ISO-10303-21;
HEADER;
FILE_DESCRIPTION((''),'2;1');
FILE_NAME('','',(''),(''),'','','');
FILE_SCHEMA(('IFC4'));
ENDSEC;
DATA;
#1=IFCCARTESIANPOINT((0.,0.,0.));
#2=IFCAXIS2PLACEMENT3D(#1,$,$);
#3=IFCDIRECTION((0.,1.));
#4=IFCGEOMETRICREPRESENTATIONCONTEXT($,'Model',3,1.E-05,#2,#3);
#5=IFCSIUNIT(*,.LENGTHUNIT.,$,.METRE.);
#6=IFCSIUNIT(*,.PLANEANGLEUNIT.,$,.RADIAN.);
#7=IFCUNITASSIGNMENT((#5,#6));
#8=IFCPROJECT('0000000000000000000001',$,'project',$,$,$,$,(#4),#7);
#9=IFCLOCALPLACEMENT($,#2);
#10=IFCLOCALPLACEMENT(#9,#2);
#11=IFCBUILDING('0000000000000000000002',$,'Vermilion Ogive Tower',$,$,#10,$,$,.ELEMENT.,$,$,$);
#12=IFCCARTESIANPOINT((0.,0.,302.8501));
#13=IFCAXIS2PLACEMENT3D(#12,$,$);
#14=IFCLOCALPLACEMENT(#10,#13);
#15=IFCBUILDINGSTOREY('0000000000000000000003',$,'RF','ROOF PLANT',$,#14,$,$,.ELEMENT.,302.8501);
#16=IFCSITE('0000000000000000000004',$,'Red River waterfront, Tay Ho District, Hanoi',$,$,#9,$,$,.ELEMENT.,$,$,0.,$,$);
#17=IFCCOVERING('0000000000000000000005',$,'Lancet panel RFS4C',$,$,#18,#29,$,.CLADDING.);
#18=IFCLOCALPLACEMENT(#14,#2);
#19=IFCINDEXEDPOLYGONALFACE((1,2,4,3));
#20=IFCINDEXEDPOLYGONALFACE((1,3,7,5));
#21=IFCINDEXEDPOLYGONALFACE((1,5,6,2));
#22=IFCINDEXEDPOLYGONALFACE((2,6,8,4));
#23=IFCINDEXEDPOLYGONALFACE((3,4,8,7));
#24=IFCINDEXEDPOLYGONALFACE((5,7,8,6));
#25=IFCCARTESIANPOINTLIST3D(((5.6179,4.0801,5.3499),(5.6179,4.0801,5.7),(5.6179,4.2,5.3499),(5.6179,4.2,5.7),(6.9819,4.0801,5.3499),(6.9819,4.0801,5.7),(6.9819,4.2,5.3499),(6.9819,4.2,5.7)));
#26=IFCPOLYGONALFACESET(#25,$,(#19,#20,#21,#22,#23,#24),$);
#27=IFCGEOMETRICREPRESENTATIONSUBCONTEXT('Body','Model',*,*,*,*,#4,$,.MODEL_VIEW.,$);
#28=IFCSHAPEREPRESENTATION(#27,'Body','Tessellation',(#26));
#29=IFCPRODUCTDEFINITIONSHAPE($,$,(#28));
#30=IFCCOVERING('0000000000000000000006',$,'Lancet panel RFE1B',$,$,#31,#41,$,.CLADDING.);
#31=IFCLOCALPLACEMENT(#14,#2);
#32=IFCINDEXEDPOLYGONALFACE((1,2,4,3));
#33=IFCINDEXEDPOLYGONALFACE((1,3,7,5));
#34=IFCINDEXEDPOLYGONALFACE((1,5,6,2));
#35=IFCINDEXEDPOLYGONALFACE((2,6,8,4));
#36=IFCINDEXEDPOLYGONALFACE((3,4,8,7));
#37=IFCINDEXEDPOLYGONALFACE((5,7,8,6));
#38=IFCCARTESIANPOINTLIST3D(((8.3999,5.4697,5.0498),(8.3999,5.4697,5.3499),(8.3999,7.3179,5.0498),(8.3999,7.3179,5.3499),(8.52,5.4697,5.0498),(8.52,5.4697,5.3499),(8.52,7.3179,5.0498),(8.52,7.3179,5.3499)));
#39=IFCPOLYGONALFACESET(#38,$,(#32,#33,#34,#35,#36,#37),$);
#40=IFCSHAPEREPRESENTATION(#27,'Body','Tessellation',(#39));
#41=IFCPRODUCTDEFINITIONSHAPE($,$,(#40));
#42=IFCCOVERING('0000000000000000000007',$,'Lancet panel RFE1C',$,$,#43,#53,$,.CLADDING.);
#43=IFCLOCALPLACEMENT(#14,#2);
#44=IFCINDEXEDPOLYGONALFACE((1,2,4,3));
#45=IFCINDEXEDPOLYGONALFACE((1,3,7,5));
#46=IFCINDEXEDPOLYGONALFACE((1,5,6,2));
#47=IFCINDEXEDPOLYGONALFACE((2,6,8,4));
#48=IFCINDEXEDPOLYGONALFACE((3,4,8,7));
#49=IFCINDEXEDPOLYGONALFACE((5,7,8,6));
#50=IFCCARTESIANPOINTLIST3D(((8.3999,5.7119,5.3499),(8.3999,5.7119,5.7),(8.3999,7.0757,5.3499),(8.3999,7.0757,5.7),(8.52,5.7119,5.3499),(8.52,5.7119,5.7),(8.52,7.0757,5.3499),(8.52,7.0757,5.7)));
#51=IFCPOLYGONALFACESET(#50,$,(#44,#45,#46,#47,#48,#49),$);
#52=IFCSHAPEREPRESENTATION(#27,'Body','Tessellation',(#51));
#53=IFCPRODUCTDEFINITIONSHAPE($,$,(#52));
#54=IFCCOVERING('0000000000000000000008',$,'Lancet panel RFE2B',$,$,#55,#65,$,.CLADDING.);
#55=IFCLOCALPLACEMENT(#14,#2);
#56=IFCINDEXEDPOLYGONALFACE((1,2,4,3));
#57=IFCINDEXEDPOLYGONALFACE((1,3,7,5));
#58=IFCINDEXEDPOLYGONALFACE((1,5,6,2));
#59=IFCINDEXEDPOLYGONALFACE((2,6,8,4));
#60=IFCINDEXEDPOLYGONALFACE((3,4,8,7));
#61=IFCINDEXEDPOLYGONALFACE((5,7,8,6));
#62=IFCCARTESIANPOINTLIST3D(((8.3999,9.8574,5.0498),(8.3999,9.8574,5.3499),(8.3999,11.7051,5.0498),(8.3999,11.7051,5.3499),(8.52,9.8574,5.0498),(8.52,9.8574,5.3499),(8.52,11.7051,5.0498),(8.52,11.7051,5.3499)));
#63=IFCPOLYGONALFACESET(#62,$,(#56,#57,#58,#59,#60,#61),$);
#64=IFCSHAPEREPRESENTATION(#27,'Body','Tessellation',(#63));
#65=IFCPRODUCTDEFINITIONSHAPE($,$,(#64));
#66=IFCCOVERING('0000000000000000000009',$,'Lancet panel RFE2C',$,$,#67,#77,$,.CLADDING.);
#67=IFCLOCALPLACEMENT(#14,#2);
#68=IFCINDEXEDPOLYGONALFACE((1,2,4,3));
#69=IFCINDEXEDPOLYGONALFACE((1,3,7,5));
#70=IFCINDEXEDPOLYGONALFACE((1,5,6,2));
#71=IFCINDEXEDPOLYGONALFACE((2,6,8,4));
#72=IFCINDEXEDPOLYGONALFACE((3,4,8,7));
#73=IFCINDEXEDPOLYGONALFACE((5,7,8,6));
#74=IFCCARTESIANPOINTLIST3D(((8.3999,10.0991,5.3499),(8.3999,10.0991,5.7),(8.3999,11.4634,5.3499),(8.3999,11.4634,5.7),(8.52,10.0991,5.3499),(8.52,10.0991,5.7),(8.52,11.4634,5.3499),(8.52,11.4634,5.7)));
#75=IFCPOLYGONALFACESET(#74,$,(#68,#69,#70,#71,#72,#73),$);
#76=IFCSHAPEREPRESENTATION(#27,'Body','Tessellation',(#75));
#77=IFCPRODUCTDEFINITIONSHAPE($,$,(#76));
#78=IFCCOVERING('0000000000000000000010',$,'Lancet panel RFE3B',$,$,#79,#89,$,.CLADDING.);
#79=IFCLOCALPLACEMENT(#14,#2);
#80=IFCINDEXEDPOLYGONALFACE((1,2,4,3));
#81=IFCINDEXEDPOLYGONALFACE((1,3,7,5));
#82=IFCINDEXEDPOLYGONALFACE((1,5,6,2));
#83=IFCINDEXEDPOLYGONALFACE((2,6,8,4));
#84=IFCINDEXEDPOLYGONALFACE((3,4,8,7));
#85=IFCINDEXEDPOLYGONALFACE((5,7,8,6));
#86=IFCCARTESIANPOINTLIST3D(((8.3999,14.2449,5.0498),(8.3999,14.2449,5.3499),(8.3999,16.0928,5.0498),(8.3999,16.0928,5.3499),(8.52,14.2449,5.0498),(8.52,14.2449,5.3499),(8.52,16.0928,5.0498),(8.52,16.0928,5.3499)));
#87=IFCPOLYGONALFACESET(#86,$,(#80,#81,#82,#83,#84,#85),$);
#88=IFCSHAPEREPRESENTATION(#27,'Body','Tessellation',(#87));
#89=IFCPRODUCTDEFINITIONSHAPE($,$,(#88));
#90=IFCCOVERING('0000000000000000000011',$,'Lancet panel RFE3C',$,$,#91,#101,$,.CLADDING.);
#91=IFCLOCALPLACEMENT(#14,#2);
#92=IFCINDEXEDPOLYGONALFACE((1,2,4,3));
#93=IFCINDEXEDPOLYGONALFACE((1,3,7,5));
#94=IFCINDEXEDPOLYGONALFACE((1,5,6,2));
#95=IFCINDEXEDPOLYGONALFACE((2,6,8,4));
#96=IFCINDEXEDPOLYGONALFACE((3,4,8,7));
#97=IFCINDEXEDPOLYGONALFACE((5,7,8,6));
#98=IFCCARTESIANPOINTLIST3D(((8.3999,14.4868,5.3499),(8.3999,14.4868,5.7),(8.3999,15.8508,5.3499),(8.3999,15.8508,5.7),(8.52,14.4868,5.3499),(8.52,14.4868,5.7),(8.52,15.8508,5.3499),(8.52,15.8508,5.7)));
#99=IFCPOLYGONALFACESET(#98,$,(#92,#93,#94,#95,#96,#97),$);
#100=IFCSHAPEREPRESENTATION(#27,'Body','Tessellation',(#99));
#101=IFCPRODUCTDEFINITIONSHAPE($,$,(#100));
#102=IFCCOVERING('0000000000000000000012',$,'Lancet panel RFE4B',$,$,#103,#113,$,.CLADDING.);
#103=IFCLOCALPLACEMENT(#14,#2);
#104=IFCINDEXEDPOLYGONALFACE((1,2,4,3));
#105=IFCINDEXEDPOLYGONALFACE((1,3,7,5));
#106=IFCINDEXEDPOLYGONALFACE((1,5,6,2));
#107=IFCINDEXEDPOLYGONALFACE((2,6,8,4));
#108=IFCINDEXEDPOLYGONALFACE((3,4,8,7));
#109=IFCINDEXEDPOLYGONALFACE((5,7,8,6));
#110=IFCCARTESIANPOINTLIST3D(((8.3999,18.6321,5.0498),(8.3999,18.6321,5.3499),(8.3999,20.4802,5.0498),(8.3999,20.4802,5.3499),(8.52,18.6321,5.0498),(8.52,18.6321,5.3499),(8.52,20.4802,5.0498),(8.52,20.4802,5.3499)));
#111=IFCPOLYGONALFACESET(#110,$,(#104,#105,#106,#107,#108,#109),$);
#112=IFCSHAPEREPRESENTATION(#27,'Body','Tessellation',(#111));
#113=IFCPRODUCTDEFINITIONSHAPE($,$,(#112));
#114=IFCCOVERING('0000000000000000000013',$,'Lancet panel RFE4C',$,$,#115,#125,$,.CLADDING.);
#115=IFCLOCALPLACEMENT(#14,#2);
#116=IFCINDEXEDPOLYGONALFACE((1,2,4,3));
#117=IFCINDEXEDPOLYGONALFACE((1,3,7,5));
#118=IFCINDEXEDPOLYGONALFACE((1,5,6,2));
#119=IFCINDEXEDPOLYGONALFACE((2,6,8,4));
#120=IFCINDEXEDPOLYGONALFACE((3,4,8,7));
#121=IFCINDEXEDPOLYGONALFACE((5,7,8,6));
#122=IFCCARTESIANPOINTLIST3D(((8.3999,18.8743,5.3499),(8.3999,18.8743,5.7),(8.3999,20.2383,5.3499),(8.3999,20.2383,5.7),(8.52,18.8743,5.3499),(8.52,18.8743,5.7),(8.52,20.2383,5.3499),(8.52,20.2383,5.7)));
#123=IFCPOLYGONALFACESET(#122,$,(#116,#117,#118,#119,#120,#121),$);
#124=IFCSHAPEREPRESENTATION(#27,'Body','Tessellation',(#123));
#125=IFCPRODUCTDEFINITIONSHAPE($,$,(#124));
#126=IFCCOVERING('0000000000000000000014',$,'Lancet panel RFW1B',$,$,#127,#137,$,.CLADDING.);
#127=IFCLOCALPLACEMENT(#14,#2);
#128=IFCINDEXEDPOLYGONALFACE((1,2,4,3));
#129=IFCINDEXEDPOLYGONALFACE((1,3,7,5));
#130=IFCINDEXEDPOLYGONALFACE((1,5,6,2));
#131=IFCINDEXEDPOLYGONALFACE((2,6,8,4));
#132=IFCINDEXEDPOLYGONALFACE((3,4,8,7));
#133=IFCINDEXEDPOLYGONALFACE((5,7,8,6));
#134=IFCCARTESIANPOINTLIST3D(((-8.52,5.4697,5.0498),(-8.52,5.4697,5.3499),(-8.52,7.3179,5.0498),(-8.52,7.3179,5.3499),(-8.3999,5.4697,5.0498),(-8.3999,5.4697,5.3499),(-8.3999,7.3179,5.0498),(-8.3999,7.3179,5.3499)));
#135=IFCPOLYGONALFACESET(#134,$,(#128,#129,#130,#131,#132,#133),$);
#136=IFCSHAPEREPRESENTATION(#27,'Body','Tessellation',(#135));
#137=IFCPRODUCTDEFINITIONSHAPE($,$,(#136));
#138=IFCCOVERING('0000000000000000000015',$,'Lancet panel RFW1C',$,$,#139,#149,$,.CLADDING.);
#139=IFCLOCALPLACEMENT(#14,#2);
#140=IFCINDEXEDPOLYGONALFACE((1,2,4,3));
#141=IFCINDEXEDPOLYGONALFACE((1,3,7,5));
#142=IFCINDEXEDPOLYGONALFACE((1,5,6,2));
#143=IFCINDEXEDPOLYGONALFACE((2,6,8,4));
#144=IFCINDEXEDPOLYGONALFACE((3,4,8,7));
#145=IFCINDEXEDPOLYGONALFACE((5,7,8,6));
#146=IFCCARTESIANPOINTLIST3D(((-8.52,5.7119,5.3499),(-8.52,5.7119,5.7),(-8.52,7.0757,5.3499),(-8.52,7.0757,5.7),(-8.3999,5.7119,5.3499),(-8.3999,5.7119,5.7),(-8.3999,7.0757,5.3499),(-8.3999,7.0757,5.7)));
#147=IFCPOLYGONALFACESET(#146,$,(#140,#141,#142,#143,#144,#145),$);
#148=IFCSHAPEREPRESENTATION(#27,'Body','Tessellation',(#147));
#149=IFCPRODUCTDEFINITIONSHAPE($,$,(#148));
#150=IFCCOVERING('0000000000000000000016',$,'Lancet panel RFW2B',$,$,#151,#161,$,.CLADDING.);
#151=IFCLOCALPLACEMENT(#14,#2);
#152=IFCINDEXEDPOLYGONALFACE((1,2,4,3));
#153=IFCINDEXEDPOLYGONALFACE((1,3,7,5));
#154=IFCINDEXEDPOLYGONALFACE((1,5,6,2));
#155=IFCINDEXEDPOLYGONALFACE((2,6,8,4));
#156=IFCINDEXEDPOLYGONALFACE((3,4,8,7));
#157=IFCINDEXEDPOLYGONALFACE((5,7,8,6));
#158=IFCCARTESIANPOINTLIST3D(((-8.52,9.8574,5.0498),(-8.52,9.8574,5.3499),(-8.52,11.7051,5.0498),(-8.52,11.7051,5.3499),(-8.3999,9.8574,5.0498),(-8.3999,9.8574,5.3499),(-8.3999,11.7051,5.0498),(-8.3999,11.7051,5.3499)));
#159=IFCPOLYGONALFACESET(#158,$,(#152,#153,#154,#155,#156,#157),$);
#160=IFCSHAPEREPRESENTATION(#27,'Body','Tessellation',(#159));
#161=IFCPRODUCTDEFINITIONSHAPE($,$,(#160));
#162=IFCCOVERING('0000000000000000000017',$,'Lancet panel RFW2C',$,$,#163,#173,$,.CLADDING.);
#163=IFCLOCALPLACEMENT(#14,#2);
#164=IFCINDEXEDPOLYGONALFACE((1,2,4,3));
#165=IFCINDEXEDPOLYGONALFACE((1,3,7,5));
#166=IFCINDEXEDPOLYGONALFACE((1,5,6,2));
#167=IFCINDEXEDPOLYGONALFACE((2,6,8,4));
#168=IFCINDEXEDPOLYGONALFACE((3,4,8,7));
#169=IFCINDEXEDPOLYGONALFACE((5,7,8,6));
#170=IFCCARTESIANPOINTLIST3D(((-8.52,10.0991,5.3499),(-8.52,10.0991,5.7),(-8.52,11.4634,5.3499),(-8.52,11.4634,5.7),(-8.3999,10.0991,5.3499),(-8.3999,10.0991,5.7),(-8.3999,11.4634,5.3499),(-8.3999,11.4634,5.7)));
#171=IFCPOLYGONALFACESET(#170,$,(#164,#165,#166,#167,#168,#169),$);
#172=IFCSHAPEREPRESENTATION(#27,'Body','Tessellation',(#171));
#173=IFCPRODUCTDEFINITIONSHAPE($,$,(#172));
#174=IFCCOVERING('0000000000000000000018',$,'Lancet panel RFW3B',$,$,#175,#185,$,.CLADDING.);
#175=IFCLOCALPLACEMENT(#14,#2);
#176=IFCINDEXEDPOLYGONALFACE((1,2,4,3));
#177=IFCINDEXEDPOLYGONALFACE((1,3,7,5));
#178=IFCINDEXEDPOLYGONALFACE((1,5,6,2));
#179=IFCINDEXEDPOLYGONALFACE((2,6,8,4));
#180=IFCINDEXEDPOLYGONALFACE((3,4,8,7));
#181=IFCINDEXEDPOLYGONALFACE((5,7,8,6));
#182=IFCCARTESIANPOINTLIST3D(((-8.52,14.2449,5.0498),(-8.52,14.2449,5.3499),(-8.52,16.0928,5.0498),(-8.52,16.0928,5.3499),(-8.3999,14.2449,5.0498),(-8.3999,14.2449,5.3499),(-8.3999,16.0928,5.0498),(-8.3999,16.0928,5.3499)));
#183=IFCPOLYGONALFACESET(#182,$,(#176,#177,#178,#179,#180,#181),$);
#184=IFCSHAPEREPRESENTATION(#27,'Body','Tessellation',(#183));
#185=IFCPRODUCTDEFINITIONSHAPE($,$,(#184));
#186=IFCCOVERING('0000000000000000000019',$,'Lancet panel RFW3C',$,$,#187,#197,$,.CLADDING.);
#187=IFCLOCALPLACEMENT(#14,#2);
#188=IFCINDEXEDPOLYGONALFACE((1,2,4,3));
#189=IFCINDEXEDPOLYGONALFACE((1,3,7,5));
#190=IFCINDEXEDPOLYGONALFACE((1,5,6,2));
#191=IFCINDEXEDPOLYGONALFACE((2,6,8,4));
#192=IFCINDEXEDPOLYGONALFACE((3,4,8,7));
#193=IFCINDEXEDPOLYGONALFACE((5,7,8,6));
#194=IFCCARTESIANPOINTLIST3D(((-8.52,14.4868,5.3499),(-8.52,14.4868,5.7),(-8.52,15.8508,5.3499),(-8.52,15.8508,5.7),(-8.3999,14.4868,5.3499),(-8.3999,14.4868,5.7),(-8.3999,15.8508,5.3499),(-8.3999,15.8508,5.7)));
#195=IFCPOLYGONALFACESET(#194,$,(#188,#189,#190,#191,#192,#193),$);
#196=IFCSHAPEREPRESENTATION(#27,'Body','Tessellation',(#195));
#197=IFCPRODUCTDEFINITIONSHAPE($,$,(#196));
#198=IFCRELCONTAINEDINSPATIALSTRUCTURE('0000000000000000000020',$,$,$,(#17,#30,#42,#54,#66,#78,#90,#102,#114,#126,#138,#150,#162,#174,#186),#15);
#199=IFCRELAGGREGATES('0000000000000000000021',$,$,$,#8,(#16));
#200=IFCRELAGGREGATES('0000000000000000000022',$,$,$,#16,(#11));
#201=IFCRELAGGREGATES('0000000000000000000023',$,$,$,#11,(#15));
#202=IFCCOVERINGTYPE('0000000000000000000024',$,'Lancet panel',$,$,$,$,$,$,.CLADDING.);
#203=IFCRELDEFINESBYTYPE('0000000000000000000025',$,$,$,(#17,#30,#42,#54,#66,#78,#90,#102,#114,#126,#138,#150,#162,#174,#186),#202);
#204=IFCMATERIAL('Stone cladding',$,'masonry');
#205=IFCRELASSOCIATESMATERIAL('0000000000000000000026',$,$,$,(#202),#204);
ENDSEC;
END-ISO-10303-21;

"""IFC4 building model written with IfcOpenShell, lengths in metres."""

from ifc_helpers import new_model, si_unit, direction, frame, origin, place, context, subcontext, project, spatial, polyline, outline, extrude, material, type_object, element, save


model = new_model("IFC4")

# Units and contexts
model_context = context("Model", 3, precision=1e-05, world=origin(), true_north=direction((0.0, 1.0)))
body_context = subcontext(model_context, "Body", "Model", "MODEL_VIEW")
ifc_project = project(units=[si_unit("LENGTHUNIT", "METRE"), si_unit("PLANEANGLEUNIT", "RADIAN")], contexts=[model_context])

# Site, building, storey
site_placement = place(None, origin())
site = spatial("IfcSite", under=ifc_project, at=site_placement, Name="Red River waterfront, Tay Ho District, Hanoi", CompositionType="ELEMENT", RefElevation=0.0)
building_placement = place(site_placement, origin())
building = spatial("IfcBuilding", under=site, at=building_placement, Name="Vermilion Ogive Tower", CompositionType="ELEMENT")
storey_placement = place(building_placement, frame((0.0, 0.0, 302.8501)))
storey = spatial("IfcBuildingStorey", under=building, at=storey_placement, Name="RF", Description="ROOF PLANT", CompositionType="ELEMENT", Elevation=302.8501)

# Coverings
ifc_material_1 = material(Name="Stone cladding", Category="masonry")
covering_type = type_object("IfcCoveringType", Name="Lancet panel", PredefinedType="CLADDING", material=ifc_material_1)
covering_1_placement = place(storey_placement, frame((0.0, 0.0, 5.3499)))
element("IfcCovering", 1, at=covering_1_placement, inside=storey, type_object=covering_type, Name="Lancet panel RFS4C", PredefinedType="CLADDING", context=body_context, shape_type="SweptSolid", body=[
    extrude(outline(polyline([(6.9819, 4.2), (5.6179, 4.2), (5.6179, 4.0801), (6.9819, 4.0801), (6.9819, 4.2)])), origin(), (0.0, 0.0, 1.0), 0.3501),
])
covering_2_placement = place(storey_placement, frame((0.0, 0.0, 5.0498)))
element("IfcCovering", 2, at=covering_2_placement, inside=storey, type_object=covering_type, Name="Lancet panel RFE1B", PredefinedType="CLADDING", context=body_context, shape_type="SweptSolid", body=[
    extrude(outline(polyline([(8.3999, 7.3179), (8.3999, 5.4697), (8.52, 5.4697), (8.52, 7.3179), (8.3999, 7.3179)])), origin(), (0.0, 0.0, 1.0), 0.3),
])
covering_3_placement = place(storey_placement, frame((0.0, 0.0, 5.3499)))
element("IfcCovering", 3, at=covering_3_placement, inside=storey, type_object=covering_type, Name="Lancet panel RFE1C", PredefinedType="CLADDING", context=body_context, shape_type="SweptSolid", body=[
    extrude(outline(polyline([(8.3999, 7.0757), (8.3999, 5.7119), (8.52, 5.7119), (8.52, 7.0757), (8.3999, 7.0757)])), origin(), (0.0, 0.0, 1.0), 0.3501),
])
covering_4_placement = place(storey_placement, frame((0.0, 0.0, 5.0498)))
element("IfcCovering", 4, at=covering_4_placement, inside=storey, type_object=covering_type, Name="Lancet panel RFE2B", PredefinedType="CLADDING", context=body_context, shape_type="SweptSolid", body=[
    extrude(outline(polyline([(8.3999, 11.7051), (8.3999, 9.8574), (8.52, 9.8574), (8.52, 11.7051), (8.3999, 11.7051)])), origin(), (0.0, 0.0, 1.0), 0.3),
])
covering_5_placement = place(storey_placement, frame((0.0, 0.0, 5.3499)))
element("IfcCovering", 5, at=covering_5_placement, inside=storey, type_object=covering_type, Name="Lancet panel RFE2C", PredefinedType="CLADDING", context=body_context, shape_type="SweptSolid", body=[
    extrude(outline(polyline([(8.3999, 11.4634), (8.3999, 10.0991), (8.52, 10.0991), (8.52, 11.4634), (8.3999, 11.4634)])), origin(), (0.0, 0.0, 1.0), 0.3501),
])
covering_6_placement = place(storey_placement, frame((0.0, 0.0, 5.0498)))
element("IfcCovering", 6, at=covering_6_placement, inside=storey, type_object=covering_type, Name="Lancet panel RFE3B", PredefinedType="CLADDING", context=body_context, shape_type="SweptSolid", body=[
    extrude(outline(polyline([(8.3999, 16.0928), (8.3999, 14.2449), (8.52, 14.2449), (8.52, 16.0928), (8.3999, 16.0928)])), origin(), (0.0, 0.0, 1.0), 0.3),
])
covering_7_placement = place(storey_placement, frame((0.0, 0.0, 5.3499)))
element("IfcCovering", 7, at=covering_7_placement, inside=storey, type_object=covering_type, Name="Lancet panel RFE3C", PredefinedType="CLADDING", context=body_context, shape_type="SweptSolid", body=[
    extrude(outline(polyline([(8.3999, 15.8508), (8.3999, 14.4868), (8.52, 14.4868), (8.52, 15.8508), (8.3999, 15.8508)])), origin(), (0.0, 0.0, 1.0), 0.3501),
])
covering_8_placement = place(storey_placement, frame((0.0, 0.0, 5.0498)))
element("IfcCovering", 8, at=covering_8_placement, inside=storey, type_object=covering_type, Name="Lancet panel RFE4B", PredefinedType="CLADDING", context=body_context, shape_type="SweptSolid", body=[
    extrude(outline(polyline([(8.3999, 20.4802), (8.3999, 18.6321), (8.52, 18.6321), (8.52, 20.4802), (8.3999, 20.4802)])), origin(), (0.0, 0.0, 1.0), 0.3),
])
covering_9_placement = place(storey_placement, frame((0.0, 0.0, 5.3499)))
element("IfcCovering", 9, at=covering_9_placement, inside=storey, type_object=covering_type, Name="Lancet panel RFE4C", PredefinedType="CLADDING", context=body_context, shape_type="SweptSolid", body=[
    extrude(outline(polyline([(8.3999, 20.2383), (8.3999, 18.8743), (8.52, 18.8743), (8.52, 20.2383), (8.3999, 20.2383)])), origin(), (0.0, 0.0, 1.0), 0.3501),
])
covering_10_placement = place(storey_placement, frame((0.0, 0.0, 5.0498)))
element("IfcCovering", 10, at=covering_10_placement, inside=storey, type_object=covering_type, Name="Lancet panel RFW1B", PredefinedType="CLADDING", context=body_context, shape_type="SweptSolid", body=[
    extrude(outline(polyline([(-8.3999, 5.4697), (-8.3999, 7.3179), (-8.52, 7.3179), (-8.52, 5.4697), (-8.3999, 5.4697)])), origin(), (0.0, 0.0, 1.0), 0.3),
])
covering_11_placement = place(storey_placement, frame((0.0, 0.0, 5.3499)))
element("IfcCovering", 11, at=covering_11_placement, inside=storey, type_object=covering_type, Name="Lancet panel RFW1C", PredefinedType="CLADDING", context=body_context, shape_type="SweptSolid", body=[
    extrude(outline(polyline([(-8.3999, 5.7119), (-8.3999, 7.0757), (-8.52, 7.0757), (-8.52, 5.7119), (-8.3999, 5.7119)])), origin(), (0.0, 0.0, 1.0), 0.3501),
])
covering_12_placement = place(storey_placement, frame((0.0, 0.0, 5.0498)))
element("IfcCovering", 12, at=covering_12_placement, inside=storey, type_object=covering_type, Name="Lancet panel RFW2B", PredefinedType="CLADDING", context=body_context, shape_type="SweptSolid", body=[
    extrude(outline(polyline([(-8.3999, 9.8574), (-8.3999, 11.7051), (-8.52, 11.7051), (-8.52, 9.8574), (-8.3999, 9.8574)])), origin(), (0.0, 0.0, 1.0), 0.3),
])
covering_13_placement = place(storey_placement, frame((0.0, 0.0, 5.3499)))
element("IfcCovering", 13, at=covering_13_placement, inside=storey, type_object=covering_type, Name="Lancet panel RFW2C", PredefinedType="CLADDING", context=body_context, shape_type="SweptSolid", body=[
    extrude(outline(polyline([(-8.3999, 10.0991), (-8.3999, 11.4634), (-8.52, 11.4634), (-8.52, 10.0991), (-8.3999, 10.0991)])), origin(), (0.0, 0.0, 1.0), 0.3501),
])
covering_14_placement = place(storey_placement, frame((0.0, 0.0, 5.0498)))
element("IfcCovering", 14, at=covering_14_placement, inside=storey, type_object=covering_type, Name="Lancet panel RFW3B", PredefinedType="CLADDING", context=body_context, shape_type="SweptSolid", body=[
    extrude(outline(polyline([(-8.3999, 14.2449), (-8.3999, 16.0928), (-8.52, 16.0928), (-8.52, 14.2449), (-8.3999, 14.2449)])), origin(), (0.0, 0.0, 1.0), 0.3),
])
covering_15_placement = place(storey_placement, frame((0.0, 0.0, 5.3499)))
element("IfcCovering", 15, at=covering_15_placement, inside=storey, type_object=covering_type, Name="Lancet panel RFW3C", PredefinedType="CLADDING", context=body_context, shape_type="SweptSolid", body=[
    extrude(outline(polyline([(-8.3999, 14.4868), (-8.3999, 15.8508), (-8.52, 15.8508), (-8.52, 14.4868), (-8.3999, 14.4868)])), origin(), (0.0, 0.0, 1.0), 0.3501),
])

save(model, "model.ifc")
